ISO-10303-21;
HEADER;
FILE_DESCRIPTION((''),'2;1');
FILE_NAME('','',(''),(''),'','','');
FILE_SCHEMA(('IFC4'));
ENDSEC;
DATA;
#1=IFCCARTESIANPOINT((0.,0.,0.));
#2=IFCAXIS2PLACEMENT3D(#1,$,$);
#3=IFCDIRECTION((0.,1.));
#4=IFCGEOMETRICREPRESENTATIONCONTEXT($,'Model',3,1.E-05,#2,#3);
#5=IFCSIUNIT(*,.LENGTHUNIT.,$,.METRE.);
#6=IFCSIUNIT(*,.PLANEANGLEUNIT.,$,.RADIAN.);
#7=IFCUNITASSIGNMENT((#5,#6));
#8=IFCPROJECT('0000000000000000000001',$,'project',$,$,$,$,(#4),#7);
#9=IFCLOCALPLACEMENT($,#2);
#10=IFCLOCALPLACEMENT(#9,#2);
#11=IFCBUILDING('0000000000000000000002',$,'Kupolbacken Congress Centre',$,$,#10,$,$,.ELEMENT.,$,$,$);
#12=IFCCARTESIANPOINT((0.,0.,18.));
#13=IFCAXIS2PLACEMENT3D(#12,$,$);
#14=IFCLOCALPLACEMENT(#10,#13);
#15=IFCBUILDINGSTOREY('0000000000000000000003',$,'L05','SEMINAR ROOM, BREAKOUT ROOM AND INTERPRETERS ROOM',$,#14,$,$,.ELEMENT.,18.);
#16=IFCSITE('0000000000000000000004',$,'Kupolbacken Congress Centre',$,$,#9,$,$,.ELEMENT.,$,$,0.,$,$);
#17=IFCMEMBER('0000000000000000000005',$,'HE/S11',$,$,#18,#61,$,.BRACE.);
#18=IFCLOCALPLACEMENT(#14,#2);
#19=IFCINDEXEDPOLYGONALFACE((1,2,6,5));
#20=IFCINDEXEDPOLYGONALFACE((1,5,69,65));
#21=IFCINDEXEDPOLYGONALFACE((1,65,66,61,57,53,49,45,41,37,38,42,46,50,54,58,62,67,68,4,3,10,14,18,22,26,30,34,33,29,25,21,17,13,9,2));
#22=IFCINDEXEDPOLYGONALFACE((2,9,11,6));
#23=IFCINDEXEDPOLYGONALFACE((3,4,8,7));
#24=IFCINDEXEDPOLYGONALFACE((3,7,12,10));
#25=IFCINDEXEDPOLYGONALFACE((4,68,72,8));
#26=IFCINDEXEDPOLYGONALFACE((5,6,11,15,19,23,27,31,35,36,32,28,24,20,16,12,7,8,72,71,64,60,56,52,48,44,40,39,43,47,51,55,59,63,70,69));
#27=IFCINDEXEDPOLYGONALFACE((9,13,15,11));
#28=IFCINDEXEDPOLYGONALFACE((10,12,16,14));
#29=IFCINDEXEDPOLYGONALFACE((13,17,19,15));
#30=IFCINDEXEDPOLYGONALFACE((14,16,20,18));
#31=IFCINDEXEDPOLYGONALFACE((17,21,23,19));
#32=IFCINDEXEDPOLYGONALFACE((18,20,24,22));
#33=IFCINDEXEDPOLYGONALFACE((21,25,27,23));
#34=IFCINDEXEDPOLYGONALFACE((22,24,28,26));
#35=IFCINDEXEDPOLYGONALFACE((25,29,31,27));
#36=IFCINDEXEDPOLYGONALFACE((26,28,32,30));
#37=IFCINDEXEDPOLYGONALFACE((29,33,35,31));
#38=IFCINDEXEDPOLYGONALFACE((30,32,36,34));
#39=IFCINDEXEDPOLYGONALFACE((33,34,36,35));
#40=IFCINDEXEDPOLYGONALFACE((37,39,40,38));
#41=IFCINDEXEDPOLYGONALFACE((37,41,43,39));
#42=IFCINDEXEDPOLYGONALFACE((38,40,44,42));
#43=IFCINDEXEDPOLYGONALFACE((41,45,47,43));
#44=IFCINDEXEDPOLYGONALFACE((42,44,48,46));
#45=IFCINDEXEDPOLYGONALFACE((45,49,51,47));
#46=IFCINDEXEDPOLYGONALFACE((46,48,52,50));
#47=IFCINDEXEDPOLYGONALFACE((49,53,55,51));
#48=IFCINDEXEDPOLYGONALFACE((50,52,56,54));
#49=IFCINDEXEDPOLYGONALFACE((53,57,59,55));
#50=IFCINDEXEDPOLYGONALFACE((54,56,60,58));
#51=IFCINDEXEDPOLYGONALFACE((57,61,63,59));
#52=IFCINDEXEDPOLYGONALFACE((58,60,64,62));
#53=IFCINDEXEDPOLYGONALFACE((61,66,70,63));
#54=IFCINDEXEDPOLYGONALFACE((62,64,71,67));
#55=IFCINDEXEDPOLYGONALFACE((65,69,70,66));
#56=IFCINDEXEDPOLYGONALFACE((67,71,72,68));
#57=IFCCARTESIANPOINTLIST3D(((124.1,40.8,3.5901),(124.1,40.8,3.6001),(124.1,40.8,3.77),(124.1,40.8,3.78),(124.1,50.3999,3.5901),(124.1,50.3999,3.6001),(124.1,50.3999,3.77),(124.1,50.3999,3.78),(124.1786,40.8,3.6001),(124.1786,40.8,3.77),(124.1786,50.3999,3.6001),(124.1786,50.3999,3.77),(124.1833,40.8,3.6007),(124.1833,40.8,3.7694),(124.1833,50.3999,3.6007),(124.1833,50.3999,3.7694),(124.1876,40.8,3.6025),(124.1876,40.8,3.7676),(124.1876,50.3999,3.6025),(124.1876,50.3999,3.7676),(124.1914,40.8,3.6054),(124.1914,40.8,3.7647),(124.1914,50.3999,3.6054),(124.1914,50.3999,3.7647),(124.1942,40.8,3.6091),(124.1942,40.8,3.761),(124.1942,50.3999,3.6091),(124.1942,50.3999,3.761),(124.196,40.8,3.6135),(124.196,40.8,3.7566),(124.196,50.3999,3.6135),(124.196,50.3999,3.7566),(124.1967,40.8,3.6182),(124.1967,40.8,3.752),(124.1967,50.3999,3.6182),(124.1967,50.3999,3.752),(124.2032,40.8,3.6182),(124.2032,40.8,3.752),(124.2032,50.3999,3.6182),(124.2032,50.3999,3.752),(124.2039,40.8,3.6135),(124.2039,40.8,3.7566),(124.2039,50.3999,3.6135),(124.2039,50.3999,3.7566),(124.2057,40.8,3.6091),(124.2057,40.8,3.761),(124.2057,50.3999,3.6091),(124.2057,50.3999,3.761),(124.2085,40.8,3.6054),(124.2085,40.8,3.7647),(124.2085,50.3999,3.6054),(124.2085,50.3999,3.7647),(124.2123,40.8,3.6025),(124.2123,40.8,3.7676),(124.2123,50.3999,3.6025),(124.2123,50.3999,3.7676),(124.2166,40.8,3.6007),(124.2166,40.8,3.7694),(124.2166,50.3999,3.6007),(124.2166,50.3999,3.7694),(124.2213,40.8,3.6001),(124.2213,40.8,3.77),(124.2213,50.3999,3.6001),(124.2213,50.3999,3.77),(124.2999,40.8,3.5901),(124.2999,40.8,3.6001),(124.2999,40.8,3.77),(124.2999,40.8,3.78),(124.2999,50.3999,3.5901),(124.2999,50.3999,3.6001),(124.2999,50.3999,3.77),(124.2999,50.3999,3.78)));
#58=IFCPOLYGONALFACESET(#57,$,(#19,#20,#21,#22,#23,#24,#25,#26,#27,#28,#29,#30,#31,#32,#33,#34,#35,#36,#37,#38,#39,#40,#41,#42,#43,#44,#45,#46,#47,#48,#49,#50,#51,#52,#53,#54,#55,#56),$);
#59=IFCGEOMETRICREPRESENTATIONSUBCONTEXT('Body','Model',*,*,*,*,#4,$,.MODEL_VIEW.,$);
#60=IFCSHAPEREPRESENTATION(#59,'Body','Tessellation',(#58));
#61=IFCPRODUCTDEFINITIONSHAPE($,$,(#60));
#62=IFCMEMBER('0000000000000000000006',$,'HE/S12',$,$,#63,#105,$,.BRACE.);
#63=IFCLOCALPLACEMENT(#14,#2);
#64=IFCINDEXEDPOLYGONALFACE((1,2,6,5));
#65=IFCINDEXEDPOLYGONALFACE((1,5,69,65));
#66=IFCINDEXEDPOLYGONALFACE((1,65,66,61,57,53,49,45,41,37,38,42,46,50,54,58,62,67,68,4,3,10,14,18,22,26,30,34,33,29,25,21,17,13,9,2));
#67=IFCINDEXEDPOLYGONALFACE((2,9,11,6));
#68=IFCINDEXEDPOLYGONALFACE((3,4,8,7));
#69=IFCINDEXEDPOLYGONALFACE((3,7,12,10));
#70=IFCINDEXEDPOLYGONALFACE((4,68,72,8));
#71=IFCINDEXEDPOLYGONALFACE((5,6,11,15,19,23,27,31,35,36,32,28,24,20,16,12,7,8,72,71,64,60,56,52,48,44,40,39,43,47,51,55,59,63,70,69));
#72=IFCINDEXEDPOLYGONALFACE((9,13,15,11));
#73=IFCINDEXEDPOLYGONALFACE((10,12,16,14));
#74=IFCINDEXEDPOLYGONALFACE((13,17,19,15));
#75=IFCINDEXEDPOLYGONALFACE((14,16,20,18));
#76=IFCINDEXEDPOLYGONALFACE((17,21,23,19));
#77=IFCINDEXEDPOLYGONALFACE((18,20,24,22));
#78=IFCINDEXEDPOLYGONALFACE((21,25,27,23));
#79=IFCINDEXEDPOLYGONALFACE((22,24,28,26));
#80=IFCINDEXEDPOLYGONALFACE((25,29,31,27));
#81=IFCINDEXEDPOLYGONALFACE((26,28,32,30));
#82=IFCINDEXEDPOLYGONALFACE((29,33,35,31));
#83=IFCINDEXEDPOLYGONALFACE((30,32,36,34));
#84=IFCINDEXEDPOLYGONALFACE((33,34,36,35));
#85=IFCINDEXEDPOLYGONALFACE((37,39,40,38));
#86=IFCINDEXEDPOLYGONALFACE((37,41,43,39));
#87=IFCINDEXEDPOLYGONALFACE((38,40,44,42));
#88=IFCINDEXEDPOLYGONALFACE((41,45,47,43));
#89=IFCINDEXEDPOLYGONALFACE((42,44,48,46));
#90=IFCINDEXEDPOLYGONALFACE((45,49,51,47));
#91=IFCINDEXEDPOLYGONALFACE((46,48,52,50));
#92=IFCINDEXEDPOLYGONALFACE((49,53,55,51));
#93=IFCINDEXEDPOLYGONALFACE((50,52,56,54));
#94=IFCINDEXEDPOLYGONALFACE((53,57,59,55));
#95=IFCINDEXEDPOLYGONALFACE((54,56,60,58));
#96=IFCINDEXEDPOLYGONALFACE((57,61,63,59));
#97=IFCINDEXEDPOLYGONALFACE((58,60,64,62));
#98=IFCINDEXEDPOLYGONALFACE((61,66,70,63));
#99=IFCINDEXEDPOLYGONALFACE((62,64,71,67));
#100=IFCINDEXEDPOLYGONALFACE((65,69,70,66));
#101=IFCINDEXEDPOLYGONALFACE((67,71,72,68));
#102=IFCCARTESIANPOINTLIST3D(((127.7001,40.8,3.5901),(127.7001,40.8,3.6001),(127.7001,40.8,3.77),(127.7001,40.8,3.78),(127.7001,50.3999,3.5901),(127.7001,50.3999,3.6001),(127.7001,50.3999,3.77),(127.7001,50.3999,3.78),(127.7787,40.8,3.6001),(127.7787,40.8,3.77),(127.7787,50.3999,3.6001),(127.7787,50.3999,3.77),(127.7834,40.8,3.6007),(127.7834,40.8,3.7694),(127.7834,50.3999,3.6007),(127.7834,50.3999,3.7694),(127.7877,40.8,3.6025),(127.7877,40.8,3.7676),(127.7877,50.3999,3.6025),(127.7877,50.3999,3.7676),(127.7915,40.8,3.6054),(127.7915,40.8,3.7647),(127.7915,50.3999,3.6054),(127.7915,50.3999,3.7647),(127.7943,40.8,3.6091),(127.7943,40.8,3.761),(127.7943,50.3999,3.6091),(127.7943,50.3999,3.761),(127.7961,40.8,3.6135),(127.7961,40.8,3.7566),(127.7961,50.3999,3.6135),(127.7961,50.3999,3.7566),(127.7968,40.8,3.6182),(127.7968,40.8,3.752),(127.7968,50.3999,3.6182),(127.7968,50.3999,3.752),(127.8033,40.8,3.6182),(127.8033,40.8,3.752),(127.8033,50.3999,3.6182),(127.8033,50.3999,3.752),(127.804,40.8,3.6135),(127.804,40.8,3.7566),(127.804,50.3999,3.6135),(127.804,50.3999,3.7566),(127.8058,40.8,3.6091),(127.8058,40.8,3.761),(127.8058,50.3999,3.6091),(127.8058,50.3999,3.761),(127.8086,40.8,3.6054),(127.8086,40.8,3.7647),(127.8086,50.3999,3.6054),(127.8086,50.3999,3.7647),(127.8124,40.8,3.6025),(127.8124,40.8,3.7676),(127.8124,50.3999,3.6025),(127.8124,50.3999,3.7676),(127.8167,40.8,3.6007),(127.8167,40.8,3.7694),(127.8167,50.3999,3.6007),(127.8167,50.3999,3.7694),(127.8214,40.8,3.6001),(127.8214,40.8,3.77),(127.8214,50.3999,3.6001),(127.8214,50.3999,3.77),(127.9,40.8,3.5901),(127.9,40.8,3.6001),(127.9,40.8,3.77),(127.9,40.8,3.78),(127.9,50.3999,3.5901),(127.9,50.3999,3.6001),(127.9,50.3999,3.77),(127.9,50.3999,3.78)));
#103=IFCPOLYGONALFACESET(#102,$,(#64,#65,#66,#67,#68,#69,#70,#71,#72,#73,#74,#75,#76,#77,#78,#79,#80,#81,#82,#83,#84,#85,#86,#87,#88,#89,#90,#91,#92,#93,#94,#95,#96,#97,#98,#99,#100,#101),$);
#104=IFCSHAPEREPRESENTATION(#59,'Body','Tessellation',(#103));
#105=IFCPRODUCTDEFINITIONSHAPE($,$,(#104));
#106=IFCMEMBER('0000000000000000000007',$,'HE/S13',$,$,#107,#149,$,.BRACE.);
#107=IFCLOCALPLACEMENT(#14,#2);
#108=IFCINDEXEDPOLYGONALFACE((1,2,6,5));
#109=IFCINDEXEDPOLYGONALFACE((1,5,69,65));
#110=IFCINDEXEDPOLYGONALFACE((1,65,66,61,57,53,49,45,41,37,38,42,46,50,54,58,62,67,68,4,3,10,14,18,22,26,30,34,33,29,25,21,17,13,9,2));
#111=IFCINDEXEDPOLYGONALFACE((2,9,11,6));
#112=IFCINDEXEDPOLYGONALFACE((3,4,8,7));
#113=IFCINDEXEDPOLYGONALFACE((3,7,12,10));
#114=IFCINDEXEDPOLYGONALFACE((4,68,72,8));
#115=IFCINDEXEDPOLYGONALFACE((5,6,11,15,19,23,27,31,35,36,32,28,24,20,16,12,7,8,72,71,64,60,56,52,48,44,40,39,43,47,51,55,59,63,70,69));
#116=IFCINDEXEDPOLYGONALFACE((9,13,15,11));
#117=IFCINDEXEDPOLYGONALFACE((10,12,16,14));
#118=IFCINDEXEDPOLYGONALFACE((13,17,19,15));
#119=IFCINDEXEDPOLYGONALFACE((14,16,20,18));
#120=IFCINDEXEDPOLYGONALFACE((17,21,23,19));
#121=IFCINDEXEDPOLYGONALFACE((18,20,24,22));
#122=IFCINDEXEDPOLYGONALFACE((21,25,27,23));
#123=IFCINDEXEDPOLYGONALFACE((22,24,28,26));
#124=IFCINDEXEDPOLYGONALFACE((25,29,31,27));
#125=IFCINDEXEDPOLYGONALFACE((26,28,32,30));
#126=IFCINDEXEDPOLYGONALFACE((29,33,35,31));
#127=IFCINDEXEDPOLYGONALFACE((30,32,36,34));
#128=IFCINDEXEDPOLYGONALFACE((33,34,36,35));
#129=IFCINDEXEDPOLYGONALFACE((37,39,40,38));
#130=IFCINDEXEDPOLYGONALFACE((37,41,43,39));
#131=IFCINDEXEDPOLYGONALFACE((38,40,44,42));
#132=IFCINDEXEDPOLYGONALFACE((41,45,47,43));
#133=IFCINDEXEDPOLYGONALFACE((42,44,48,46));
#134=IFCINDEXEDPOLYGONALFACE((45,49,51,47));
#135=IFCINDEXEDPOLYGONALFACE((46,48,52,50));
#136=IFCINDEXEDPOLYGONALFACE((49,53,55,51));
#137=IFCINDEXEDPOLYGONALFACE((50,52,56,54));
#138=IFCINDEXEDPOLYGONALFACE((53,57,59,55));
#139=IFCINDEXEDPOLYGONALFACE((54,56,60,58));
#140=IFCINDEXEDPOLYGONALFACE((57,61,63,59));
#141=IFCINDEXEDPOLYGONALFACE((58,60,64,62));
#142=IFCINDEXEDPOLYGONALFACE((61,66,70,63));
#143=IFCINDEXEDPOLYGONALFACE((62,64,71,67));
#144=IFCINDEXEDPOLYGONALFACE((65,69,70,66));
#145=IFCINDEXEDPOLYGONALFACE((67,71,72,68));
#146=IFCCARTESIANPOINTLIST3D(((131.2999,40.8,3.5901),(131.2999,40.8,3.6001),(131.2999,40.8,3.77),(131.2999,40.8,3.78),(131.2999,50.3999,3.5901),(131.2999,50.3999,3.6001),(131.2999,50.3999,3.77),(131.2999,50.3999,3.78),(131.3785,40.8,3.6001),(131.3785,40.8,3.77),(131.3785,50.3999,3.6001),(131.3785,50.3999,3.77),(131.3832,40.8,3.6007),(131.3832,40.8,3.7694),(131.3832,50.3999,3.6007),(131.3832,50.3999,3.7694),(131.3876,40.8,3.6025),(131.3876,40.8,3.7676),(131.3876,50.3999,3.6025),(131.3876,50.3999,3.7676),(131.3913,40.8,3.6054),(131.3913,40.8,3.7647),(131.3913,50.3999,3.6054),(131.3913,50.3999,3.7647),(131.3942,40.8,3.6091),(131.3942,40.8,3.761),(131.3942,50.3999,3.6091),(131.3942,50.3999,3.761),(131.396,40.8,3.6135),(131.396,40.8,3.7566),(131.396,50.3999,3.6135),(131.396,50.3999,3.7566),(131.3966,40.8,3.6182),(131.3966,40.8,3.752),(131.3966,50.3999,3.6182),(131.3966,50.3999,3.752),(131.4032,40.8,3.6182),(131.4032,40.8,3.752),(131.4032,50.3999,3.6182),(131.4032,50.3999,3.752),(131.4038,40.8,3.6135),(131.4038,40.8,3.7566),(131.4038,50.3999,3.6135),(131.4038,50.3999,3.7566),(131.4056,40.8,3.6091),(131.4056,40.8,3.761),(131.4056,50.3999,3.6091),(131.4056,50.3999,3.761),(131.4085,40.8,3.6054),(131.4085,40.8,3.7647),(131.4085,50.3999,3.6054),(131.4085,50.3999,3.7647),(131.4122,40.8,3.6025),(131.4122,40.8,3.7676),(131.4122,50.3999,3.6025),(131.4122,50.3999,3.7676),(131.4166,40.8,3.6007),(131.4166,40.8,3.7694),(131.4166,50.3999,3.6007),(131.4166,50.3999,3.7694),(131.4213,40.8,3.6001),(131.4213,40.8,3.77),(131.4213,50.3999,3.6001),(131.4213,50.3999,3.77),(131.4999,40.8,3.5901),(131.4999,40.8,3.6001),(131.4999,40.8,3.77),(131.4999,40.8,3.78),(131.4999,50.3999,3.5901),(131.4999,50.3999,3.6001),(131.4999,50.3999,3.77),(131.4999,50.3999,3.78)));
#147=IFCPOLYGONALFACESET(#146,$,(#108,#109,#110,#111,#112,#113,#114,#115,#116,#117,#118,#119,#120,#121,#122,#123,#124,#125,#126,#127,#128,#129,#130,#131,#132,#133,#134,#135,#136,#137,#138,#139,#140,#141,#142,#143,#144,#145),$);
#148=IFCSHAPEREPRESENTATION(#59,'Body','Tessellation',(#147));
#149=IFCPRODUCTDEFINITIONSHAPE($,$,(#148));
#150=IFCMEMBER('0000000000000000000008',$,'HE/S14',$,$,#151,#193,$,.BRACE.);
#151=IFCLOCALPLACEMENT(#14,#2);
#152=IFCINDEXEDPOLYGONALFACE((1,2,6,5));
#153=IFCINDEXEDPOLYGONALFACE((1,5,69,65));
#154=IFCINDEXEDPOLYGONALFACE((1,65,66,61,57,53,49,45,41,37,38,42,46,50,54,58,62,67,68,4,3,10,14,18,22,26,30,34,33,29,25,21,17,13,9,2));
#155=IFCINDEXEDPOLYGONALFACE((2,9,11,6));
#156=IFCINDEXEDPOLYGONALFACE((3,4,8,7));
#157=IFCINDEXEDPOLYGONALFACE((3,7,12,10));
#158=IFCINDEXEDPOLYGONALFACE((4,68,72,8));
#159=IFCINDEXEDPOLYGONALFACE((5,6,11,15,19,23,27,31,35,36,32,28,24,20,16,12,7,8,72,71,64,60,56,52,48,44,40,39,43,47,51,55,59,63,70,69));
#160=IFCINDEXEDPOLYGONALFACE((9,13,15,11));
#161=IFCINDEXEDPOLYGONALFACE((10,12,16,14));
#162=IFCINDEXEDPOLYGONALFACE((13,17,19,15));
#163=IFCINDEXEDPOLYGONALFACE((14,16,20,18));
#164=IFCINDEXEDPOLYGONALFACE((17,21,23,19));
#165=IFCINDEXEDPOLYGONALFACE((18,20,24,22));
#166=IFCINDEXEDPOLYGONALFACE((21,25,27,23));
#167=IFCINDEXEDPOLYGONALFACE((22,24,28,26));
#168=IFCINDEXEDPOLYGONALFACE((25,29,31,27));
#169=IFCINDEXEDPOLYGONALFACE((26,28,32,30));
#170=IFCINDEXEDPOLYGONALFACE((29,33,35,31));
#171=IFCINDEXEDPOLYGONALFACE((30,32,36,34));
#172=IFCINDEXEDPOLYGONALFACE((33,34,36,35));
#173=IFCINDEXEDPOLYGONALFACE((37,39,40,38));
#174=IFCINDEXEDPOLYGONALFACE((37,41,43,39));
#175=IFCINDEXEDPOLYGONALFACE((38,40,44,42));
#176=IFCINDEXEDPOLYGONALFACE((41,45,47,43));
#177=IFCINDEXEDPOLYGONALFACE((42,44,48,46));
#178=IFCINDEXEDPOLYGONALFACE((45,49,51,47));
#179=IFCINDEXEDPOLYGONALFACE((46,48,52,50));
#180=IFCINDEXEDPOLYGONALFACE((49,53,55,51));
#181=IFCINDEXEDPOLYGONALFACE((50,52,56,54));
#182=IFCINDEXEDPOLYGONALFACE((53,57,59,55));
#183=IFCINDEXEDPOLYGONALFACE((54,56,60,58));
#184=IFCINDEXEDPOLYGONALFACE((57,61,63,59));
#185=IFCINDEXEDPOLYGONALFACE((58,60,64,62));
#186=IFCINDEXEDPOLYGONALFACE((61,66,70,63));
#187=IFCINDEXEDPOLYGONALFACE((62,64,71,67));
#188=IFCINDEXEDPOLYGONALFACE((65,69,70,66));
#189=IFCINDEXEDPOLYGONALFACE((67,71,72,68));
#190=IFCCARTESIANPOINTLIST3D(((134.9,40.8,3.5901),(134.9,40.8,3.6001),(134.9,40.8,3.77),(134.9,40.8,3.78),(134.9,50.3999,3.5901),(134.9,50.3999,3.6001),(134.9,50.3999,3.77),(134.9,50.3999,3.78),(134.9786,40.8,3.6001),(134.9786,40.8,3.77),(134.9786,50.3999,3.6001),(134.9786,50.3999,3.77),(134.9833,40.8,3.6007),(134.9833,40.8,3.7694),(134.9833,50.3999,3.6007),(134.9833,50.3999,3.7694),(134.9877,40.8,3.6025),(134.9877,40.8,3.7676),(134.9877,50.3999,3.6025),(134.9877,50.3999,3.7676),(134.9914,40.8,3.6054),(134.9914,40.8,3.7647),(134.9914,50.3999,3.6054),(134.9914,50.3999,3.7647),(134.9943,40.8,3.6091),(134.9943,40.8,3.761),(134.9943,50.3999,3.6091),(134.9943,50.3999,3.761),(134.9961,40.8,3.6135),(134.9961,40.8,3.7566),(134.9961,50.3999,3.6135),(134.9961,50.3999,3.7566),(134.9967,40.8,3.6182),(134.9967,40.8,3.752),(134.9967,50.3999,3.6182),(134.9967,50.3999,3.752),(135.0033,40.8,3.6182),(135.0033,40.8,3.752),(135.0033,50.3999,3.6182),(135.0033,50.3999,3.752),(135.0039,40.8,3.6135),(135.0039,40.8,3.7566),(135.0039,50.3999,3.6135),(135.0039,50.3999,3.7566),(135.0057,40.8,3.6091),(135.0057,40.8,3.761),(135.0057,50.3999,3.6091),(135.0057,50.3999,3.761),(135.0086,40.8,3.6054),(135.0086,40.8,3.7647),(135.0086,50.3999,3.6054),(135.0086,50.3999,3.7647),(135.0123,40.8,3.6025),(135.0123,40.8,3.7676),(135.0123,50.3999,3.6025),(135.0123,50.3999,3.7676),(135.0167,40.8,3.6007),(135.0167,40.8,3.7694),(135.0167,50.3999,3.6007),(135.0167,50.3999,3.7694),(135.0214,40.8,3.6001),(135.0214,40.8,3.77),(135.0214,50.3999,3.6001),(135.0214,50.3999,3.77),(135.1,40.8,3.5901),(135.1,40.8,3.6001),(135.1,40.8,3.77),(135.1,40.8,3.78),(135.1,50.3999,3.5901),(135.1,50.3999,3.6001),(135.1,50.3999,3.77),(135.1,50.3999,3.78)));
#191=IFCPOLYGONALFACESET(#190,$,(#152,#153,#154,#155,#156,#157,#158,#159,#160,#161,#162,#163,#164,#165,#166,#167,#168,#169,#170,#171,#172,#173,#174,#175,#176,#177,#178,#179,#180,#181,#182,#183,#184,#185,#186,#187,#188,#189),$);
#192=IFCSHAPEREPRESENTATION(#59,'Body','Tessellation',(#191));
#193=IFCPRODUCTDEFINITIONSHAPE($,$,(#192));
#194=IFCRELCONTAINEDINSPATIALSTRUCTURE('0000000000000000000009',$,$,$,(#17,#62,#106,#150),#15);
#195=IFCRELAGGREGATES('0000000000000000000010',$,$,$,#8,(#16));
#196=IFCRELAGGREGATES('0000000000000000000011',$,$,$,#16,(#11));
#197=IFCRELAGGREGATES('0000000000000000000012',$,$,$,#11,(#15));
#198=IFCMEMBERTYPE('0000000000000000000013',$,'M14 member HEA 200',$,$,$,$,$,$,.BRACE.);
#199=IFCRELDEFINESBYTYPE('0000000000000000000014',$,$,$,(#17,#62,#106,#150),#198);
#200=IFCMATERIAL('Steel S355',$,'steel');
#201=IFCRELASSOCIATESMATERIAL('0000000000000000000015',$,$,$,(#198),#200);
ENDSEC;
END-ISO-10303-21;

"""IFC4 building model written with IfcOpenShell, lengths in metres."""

from ifc_helpers import new_model, si_unit, direction, frame, origin, origin_2d, place, context, subcontext, project, spatial, i_section, extrude, material, material_profile, profile_set, type_object, element, save


model = new_model("IFC4")

# Units and contexts
model_context = context("Model", 3, precision=1e-05, world=origin(), true_north=direction((0.0, 1.0)))
body_context = subcontext(model_context, "Body", "Model", "MODEL_VIEW")
ifc_project = project(units=[si_unit("LENGTHUNIT", "METRE"), si_unit("PLANEANGLEUNIT", "RADIAN")], contexts=[model_context])

# Site, building, storey
site_placement = place(None, origin())
site = spatial("IfcSite", under=ifc_project, at=site_placement, Name="Kupolbacken Congress Centre", CompositionType="ELEMENT", RefElevation=0.0)
building_placement = place(site_placement, origin())
building = spatial("IfcBuilding", under=site, at=building_placement, Name="Kupolbacken Congress Centre", CompositionType="ELEMENT")
storey_placement = place(building_placement, frame((0.0, 0.0, 18.0)))
storey = spatial("IfcBuildingStorey", under=building, at=storey_placement, Name="L05", Description="SEMINAR ROOM, BREAKOUT ROOM AND INTERPRETERS ROOM", CompositionType="ELEMENT", Elevation=18.0)

# Members
ifc_material_1 = material(Name="Steel S355", Category="steel")
ifc_material_profile_1 = material_profile(ifc_material_1, i_section(OverallWidth=0.2, OverallDepth=0.1899, WebThickness=0.0066, FlangeThickness=0.01, FilletRadius=0.0181, at=origin_2d()), Name="HEA 200")
ifc_profile_set_1 = profile_set([ifc_material_profile_1], Name="Steel S355")
member_type_1 = type_object("IfcMemberType", Name="M14 member HEA 200", PredefinedType="BRACE", material=ifc_profile_set_1)
for number, where, z_axis, x_axis, name in (
    (1, (124.2, 50.3999, 3.6851), (0.0, -1.0, 0.0), (1.0, 0.0, 0.0), "HE/S11"),
    (2, (127.8, 50.3999, 3.6851), (0.0, -1.0, 0.0), (1.0, 0.0, 0.0), "HE/S12"),
    (3, (131.3999, 50.3999, 3.6851), (0.0, -1.0, 0.0), (1.0, 0.0, 0.0), "HE/S13"),
    (4, (135.0, 50.3999, 3.6851), (0.0, -1.0, 0.0), (1.0, 0.0, 0.0), "HE/S14"),
):
    element("IfcMember", number, at=place(storey_placement, frame(where, z_axis=z_axis, x_axis=x_axis)), inside=storey, type_object=member_type_1, Name=name, PredefinedType="BRACE", context=body_context, shape_type="SweptSolid", body=[
        extrude(i_section(OverallWidth=0.2, OverallDepth=0.1899, WebThickness=0.0066, FlangeThickness=0.01, FilletRadius=0.0181, at=origin_2d()), origin(), (0.0, 0.0, 1.0), 9.5999),
    ])

save(model, "model.ifc")
